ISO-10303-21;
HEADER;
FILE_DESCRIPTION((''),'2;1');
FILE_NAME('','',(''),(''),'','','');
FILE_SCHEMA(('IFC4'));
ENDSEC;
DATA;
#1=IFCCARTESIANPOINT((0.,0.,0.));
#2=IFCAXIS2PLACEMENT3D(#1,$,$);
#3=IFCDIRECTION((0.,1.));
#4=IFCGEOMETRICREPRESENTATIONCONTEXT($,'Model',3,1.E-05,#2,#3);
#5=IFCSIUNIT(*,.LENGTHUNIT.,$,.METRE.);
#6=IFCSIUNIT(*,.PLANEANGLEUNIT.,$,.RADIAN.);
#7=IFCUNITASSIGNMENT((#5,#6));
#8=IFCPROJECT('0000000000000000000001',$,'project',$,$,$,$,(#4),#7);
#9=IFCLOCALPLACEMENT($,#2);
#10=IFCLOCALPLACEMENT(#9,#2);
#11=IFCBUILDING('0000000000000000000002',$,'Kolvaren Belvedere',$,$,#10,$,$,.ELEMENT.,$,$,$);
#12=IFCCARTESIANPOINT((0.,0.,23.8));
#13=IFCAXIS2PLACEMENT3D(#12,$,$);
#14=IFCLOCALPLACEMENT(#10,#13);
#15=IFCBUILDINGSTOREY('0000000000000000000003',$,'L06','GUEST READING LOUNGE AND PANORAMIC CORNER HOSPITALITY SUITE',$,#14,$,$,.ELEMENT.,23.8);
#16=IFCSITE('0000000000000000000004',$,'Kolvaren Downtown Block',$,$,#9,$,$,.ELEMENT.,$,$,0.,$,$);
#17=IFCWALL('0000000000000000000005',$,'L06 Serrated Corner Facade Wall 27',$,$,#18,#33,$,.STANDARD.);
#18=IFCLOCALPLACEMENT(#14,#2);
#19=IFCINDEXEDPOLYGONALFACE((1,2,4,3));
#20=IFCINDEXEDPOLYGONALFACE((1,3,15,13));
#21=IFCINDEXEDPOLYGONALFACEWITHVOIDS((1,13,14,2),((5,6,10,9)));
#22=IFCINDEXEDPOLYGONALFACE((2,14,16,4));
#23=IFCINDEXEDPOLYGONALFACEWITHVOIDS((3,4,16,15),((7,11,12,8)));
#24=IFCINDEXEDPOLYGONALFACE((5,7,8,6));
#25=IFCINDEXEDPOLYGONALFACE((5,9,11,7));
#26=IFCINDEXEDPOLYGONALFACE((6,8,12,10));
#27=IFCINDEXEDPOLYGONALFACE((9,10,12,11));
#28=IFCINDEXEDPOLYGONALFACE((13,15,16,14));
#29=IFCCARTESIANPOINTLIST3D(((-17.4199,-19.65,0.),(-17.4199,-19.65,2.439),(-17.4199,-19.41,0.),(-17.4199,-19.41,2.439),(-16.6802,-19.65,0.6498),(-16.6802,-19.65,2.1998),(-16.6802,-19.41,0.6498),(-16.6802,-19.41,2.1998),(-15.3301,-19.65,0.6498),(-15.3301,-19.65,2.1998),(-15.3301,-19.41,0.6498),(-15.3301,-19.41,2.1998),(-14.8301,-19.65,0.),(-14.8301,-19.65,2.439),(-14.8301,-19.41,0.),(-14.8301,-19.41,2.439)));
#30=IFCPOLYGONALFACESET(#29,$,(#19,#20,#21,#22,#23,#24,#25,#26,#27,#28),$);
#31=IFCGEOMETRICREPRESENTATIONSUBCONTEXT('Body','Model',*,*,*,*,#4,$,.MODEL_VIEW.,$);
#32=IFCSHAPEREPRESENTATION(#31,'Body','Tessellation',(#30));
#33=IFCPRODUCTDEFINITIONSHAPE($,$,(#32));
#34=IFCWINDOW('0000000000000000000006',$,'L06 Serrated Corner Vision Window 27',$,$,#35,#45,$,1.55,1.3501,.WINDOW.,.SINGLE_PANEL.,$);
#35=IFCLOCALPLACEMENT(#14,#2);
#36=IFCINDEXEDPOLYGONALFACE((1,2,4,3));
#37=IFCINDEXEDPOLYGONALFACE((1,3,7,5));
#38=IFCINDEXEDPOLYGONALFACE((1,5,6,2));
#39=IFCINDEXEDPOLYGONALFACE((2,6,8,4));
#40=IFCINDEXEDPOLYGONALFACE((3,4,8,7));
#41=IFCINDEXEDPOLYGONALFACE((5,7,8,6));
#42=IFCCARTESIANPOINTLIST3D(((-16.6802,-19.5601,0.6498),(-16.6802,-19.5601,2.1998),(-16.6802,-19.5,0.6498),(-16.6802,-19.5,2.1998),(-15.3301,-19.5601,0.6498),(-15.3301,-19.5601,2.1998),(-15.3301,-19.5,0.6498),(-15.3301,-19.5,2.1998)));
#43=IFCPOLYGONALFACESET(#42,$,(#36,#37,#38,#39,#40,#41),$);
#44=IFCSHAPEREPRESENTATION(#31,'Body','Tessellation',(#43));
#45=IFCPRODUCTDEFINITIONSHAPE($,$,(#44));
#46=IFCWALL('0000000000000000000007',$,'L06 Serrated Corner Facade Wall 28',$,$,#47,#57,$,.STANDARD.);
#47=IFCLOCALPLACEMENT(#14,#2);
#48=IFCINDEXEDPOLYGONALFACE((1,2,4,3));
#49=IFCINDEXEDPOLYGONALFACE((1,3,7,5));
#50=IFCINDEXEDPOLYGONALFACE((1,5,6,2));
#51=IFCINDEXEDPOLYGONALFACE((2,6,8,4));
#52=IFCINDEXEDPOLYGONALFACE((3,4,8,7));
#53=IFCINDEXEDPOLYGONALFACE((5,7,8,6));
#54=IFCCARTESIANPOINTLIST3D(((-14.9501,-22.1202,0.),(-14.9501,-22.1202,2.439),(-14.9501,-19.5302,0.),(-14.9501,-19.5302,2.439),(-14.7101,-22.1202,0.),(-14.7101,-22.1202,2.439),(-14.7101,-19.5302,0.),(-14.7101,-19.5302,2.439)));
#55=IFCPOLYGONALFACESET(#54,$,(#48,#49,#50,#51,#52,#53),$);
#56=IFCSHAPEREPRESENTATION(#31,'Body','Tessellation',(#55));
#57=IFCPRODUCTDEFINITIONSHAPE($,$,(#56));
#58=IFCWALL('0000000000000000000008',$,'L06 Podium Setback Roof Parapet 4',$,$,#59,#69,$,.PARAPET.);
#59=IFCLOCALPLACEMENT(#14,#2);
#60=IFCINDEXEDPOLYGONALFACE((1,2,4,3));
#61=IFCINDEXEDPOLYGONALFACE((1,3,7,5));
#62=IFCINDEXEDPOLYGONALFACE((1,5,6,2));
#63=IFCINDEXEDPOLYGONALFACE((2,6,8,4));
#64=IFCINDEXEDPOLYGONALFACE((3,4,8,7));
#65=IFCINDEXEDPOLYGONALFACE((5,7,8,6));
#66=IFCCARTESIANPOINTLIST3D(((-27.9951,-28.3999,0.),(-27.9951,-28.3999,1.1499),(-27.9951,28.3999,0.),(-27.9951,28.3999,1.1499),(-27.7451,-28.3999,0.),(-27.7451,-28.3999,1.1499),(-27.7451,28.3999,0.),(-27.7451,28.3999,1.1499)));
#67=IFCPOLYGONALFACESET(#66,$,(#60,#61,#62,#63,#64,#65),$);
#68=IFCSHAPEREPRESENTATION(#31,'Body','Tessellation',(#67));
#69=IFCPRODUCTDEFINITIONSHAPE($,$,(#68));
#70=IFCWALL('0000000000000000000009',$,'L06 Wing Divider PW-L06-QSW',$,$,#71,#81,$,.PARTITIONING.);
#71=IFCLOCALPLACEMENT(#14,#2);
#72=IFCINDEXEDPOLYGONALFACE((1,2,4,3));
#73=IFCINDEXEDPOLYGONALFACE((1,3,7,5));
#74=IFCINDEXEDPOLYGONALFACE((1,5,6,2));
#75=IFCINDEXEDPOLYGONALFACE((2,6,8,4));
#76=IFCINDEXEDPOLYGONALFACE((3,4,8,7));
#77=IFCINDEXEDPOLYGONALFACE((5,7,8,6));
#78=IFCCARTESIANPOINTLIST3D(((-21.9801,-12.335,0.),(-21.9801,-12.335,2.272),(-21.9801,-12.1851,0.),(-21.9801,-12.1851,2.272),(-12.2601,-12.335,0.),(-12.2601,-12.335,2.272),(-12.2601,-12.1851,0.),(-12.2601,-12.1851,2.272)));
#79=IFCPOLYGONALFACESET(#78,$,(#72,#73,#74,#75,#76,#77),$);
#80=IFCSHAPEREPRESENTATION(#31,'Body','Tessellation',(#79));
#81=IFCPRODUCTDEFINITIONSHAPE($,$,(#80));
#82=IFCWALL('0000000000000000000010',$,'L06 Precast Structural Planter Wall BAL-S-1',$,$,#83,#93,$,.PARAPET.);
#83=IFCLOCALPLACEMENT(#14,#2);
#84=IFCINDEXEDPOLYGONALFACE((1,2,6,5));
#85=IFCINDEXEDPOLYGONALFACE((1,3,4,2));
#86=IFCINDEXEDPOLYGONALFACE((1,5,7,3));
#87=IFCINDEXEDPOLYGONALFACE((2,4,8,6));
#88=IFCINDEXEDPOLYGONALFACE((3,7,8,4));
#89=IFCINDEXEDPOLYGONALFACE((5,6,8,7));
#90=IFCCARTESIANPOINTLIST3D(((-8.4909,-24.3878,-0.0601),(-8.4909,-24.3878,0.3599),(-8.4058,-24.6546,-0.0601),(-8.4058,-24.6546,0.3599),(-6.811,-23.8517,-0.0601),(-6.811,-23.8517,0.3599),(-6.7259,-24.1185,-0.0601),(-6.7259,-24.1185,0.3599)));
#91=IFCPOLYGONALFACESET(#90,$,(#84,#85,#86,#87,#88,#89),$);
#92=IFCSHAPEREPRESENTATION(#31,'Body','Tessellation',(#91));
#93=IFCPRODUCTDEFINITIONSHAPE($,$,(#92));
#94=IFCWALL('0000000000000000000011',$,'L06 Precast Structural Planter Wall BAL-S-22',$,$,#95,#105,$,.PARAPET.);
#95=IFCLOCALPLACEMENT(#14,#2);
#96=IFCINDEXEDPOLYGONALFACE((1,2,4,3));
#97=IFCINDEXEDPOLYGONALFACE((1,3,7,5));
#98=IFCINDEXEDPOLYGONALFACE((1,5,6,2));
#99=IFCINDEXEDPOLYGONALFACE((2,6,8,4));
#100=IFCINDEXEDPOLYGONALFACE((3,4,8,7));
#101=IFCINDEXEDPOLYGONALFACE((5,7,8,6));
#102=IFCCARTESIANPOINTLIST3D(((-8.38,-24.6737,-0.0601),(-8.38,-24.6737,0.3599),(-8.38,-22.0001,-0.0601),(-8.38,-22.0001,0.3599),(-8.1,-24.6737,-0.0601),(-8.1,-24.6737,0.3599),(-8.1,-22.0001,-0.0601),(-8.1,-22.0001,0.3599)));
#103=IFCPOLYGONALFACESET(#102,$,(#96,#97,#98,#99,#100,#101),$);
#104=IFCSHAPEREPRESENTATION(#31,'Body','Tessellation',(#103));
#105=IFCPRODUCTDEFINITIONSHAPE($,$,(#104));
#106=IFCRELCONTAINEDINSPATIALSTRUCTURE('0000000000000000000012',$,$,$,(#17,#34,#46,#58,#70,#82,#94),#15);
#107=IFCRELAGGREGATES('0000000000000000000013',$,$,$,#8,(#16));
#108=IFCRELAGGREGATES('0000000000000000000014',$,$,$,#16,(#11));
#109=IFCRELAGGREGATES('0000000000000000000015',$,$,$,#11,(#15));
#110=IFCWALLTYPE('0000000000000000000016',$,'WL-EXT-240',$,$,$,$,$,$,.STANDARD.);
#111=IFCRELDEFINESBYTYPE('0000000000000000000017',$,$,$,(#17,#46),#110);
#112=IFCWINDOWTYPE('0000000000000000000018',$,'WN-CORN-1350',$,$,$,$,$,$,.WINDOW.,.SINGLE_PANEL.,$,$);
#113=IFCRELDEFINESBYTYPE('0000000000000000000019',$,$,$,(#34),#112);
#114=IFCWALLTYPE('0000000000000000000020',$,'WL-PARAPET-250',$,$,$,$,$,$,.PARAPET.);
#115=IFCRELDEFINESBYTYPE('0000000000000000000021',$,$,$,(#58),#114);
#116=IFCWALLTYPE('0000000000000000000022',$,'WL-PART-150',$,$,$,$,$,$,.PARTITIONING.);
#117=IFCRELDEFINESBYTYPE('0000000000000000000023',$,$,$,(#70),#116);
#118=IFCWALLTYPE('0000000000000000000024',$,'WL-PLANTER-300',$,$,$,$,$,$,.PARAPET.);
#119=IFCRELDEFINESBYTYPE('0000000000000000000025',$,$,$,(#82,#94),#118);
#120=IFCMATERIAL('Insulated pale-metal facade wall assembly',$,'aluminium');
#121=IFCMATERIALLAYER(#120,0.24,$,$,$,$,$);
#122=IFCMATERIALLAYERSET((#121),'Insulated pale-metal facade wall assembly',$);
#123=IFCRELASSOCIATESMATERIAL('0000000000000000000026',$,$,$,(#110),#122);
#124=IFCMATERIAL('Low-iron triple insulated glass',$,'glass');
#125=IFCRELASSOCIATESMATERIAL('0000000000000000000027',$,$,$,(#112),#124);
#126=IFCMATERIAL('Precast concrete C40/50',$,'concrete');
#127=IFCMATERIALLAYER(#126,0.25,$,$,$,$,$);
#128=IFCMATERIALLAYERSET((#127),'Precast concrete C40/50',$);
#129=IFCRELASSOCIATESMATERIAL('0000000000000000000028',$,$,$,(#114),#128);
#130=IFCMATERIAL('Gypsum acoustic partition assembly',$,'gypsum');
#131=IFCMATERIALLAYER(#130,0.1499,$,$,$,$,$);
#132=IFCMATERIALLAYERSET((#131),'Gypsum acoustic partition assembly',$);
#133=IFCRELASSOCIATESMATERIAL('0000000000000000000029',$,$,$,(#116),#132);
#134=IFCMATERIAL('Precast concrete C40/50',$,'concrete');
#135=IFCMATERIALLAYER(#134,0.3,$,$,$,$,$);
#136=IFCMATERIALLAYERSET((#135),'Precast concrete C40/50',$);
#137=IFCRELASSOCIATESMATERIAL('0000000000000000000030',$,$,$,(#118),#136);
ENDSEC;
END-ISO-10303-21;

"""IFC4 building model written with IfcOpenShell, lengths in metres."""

from ifc_helpers import new_model, si_unit, direction, frame, frame_2d, origin, place, context, subcontext, project, spatial, rectangle, extrude, material, layer, layer_set, type_object, element, fill, save


model = new_model("IFC4")

# Units and contexts
model_context = context("Model", 3, precision=1e-05, world=origin(), true_north=direction((0.0, 1.0)))
body_context = subcontext(model_context, "Body", "Model", "MODEL_VIEW")
ifc_project = project(units=[si_unit("LENGTHUNIT", "METRE"), si_unit("PLANEANGLEUNIT", "RADIAN")], contexts=[model_context])

# Site, building, storey
site_placement = place(None, origin())
site = spatial("IfcSite", under=ifc_project, at=site_placement, Name="Kolvaren Downtown Block", CompositionType="ELEMENT", RefElevation=0.0)
building_placement = place(site_placement, origin())
building = spatial("IfcBuilding", under=site, at=building_placement, Name="Kolvaren Belvedere", CompositionType="ELEMENT")
storey_placement = place(building_placement, frame((0.0, 0.0, 23.8)))
storey = spatial("IfcBuildingStorey", under=building, at=storey_placement, Name="L06", Description="GUEST READING LOUNGE AND PANORAMIC CORNER HOSPITALITY SUITE", CompositionType="ELEMENT", Elevation=23.8)

# Shared definitions
ifc_material_1 = material(Name="Insulated pale-metal facade wall assembly", Category="aluminium")
ifc_layer_1 = layer(ifc_material_1, 0.24)
ifc_layer_set_1 = layer_set([ifc_layer_1], Name="Insulated pale-metal facade wall assembly")
wall_type_1 = type_object("IfcWallType", Name="WL-EXT-240", PredefinedType="STANDARD", material=ifc_layer_set_1)

# Wall, opening, window
ifc_material_2 = material(Name="Low-iron triple insulated glass", Category="glass")
window_type = type_object("IfcWindowType", Name="WN-CORN-1350", PartitioningType="SINGLE_PANEL", PredefinedType="WINDOW", material=ifc_material_2)
wall_1_placement = place(storey_placement, frame((-14.8301, -19.53, 0.0), z_axis=(0.0, 0.0, 1.0), x_axis=(-1.0, 0.0, 0.0)))
wall_1 = element("IfcWall", 1, at=wall_1_placement, inside=storey, type_object=wall_type_1, Name="L06 Serrated Corner Facade Wall 27", PredefinedType="STANDARD", context=body_context, shape_type="SweptSolid", body=[
    extrude(rectangle(XDim=2.5898, YDim=0.24, at=frame_2d((1.2949, 0.0))), origin(), (0.0, 0.0, 1.0), 2.439),
])
opening_1_placement = place(wall_1_placement, frame((0.5, 0.0, 0.6499)))
opening_1 = element("IfcOpeningElement", 2, at=opening_1_placement, cuts=wall_1, PredefinedType="OPENING", context=body_context, shape_type="SweptSolid", body=[
    extrude(rectangle(XDim=1.3501, YDim=1.55, at=frame_2d((0.675, 0.7749))), frame((0.0, 0.1299, 0.0), z_axis=(0.0, -1.0, 0.0), x_axis=(1.0, 0.0, 0.0)), (0.0, 0.0, 1.0), 0.26),
])
window_1_placement = place(opening_1_placement, origin())
window_1 = element("IfcWindow", 3, at=window_1_placement, inside=storey, type_object=window_type, Name="L06 Serrated Corner Vision Window 27", OverallHeight=1.55, OverallWidth=1.3501, PartitioningType="SINGLE_PANEL", PredefinedType="WINDOW", context=body_context, shape_type="SweptSolid", body=[
    extrude(rectangle(XDim=1.3501, YDim=1.55, at=frame_2d((0.675, 0.7749))), frame((0.0, 0.03, 0.0), z_axis=(0.0, -1.0, 0.0), x_axis=(1.0, 0.0, 0.0)), (0.0, 0.0, 1.0), 0.0601),
])
fill(opening_1, window_1)

# Walls
wall_2_placement = place(storey_placement, frame((-14.8301, -22.1201, 0.0), z_axis=(0.0, 0.0, 1.0), x_axis=(0.0, 1.0, 0.0)))
element("IfcWall", 4, at=wall_2_placement, inside=storey, type_object=wall_type_1, Name="L06 Serrated Corner Facade Wall 28", PredefinedType="STANDARD", context=body_context, shape_type="SweptSolid", body=[
    extrude(rectangle(XDim=2.5901, YDim=0.24, at=frame_2d((1.2949, 0.0))), origin(), (0.0, 0.0, 1.0), 2.439),
])
ifc_material_3 = material(Name="Precast concrete C40/50", Category="concrete")
ifc_layer_2 = layer(ifc_material_3, 0.25)
ifc_layer_set_2 = layer_set([ifc_layer_2], Name="Precast concrete C40/50")
wall_type_2 = type_object("IfcWallType", Name="WL-PARAPET-250", PredefinedType="PARAPET", material=ifc_layer_set_2)
wall_3_placement = place(storey_placement, frame((-27.8701, -28.3999, 0.0), z_axis=(0.0, 0.0, 1.0), x_axis=(0.0, 1.0, 0.0)))
element("IfcWall", 5, at=wall_3_placement, inside=storey, type_object=wall_type_2, Name="L06 Podium Setback Roof Parapet 4", PredefinedType="PARAPET", context=body_context, shape_type="SweptSolid", body=[
    extrude(rectangle(XDim=56.7998, YDim=0.25, at=frame_2d((28.3999, 0.0))), origin(), (0.0, 0.0, 1.0), 1.1499),
])
ifc_material_4 = material(Name="Gypsum acoustic partition assembly", Category="gypsum")
ifc_layer_3 = layer(ifc_material_4, 0.1499)
ifc_layer_set_3 = layer_set([ifc_layer_3], Name="Gypsum acoustic partition assembly")
wall_type_3 = type_object("IfcWallType", Name="WL-PART-150", PredefinedType="PARTITIONING", material=ifc_layer_set_3)
wall_4_placement = place(storey_placement, frame((-21.98, -12.26, 0.0), z_axis=(0.0, 0.0, 1.0), x_axis=(1.0, 0.0, 0.0)))
element("IfcWall", 6, at=wall_4_placement, inside=storey, type_object=wall_type_3, Name="L06 Wing Divider PW-L06-QSW", PredefinedType="PARTITIONING", context=body_context, shape_type="SweptSolid", body=[
    extrude(rectangle(XDim=9.72, YDim=0.1499, at=frame_2d((4.8599, 0.0))), origin(), (0.0, 0.0, 1.0), 2.272),
])
ifc_material_5 = material(Name="Precast concrete C40/50", Category="concrete")
ifc_layer_4 = layer(ifc_material_5, 0.3)
ifc_layer_set_4 = layer_set([ifc_layer_4], Name="Precast concrete C40/50")
wall_type_4 = type_object("IfcWallType", Name="WL-PLANTER-300", PredefinedType="PARAPET", material=ifc_layer_set_4)
wall_5_placement = place(storey_placement, frame((-8.4485, -24.5212, -0.0601), z_axis=(0.0, 0.0, 1.0), x_axis=(0.952662, 0.304032, 0.0)))
element("IfcWall", 7, at=wall_5_placement, inside=storey, type_object=wall_type_4, Name="L06 Precast Structural Planter Wall BAL-S-1", PredefinedType="PARAPET", context=body_context, shape_type="SweptSolid", body=[
    extrude(rectangle(XDim=1.7634, YDim=0.28, at=frame_2d((0.8818, 0.0))), origin(), (0.0, 0.0, 1.0), 0.4199),
])
wall_6_placement = place(storey_placement, frame((-8.24, -22.0, -0.0601), z_axis=(0.0, 0.0, 1.0), x_axis=(0.0, -1.0, 0.0)))
element("IfcWall", 8, at=wall_6_placement, inside=storey, type_object=wall_type_4, Name="L06 Precast Structural Planter Wall BAL-S-22", PredefinedType="PARAPET", context=body_context, shape_type="SweptSolid", body=[
    extrude(rectangle(XDim=2.6736, YDim=0.28, at=frame_2d((1.3369, 0.0))), origin(), (0.0, 0.0, 1.0), 0.4199),
])

save(model, "model.ifc")
